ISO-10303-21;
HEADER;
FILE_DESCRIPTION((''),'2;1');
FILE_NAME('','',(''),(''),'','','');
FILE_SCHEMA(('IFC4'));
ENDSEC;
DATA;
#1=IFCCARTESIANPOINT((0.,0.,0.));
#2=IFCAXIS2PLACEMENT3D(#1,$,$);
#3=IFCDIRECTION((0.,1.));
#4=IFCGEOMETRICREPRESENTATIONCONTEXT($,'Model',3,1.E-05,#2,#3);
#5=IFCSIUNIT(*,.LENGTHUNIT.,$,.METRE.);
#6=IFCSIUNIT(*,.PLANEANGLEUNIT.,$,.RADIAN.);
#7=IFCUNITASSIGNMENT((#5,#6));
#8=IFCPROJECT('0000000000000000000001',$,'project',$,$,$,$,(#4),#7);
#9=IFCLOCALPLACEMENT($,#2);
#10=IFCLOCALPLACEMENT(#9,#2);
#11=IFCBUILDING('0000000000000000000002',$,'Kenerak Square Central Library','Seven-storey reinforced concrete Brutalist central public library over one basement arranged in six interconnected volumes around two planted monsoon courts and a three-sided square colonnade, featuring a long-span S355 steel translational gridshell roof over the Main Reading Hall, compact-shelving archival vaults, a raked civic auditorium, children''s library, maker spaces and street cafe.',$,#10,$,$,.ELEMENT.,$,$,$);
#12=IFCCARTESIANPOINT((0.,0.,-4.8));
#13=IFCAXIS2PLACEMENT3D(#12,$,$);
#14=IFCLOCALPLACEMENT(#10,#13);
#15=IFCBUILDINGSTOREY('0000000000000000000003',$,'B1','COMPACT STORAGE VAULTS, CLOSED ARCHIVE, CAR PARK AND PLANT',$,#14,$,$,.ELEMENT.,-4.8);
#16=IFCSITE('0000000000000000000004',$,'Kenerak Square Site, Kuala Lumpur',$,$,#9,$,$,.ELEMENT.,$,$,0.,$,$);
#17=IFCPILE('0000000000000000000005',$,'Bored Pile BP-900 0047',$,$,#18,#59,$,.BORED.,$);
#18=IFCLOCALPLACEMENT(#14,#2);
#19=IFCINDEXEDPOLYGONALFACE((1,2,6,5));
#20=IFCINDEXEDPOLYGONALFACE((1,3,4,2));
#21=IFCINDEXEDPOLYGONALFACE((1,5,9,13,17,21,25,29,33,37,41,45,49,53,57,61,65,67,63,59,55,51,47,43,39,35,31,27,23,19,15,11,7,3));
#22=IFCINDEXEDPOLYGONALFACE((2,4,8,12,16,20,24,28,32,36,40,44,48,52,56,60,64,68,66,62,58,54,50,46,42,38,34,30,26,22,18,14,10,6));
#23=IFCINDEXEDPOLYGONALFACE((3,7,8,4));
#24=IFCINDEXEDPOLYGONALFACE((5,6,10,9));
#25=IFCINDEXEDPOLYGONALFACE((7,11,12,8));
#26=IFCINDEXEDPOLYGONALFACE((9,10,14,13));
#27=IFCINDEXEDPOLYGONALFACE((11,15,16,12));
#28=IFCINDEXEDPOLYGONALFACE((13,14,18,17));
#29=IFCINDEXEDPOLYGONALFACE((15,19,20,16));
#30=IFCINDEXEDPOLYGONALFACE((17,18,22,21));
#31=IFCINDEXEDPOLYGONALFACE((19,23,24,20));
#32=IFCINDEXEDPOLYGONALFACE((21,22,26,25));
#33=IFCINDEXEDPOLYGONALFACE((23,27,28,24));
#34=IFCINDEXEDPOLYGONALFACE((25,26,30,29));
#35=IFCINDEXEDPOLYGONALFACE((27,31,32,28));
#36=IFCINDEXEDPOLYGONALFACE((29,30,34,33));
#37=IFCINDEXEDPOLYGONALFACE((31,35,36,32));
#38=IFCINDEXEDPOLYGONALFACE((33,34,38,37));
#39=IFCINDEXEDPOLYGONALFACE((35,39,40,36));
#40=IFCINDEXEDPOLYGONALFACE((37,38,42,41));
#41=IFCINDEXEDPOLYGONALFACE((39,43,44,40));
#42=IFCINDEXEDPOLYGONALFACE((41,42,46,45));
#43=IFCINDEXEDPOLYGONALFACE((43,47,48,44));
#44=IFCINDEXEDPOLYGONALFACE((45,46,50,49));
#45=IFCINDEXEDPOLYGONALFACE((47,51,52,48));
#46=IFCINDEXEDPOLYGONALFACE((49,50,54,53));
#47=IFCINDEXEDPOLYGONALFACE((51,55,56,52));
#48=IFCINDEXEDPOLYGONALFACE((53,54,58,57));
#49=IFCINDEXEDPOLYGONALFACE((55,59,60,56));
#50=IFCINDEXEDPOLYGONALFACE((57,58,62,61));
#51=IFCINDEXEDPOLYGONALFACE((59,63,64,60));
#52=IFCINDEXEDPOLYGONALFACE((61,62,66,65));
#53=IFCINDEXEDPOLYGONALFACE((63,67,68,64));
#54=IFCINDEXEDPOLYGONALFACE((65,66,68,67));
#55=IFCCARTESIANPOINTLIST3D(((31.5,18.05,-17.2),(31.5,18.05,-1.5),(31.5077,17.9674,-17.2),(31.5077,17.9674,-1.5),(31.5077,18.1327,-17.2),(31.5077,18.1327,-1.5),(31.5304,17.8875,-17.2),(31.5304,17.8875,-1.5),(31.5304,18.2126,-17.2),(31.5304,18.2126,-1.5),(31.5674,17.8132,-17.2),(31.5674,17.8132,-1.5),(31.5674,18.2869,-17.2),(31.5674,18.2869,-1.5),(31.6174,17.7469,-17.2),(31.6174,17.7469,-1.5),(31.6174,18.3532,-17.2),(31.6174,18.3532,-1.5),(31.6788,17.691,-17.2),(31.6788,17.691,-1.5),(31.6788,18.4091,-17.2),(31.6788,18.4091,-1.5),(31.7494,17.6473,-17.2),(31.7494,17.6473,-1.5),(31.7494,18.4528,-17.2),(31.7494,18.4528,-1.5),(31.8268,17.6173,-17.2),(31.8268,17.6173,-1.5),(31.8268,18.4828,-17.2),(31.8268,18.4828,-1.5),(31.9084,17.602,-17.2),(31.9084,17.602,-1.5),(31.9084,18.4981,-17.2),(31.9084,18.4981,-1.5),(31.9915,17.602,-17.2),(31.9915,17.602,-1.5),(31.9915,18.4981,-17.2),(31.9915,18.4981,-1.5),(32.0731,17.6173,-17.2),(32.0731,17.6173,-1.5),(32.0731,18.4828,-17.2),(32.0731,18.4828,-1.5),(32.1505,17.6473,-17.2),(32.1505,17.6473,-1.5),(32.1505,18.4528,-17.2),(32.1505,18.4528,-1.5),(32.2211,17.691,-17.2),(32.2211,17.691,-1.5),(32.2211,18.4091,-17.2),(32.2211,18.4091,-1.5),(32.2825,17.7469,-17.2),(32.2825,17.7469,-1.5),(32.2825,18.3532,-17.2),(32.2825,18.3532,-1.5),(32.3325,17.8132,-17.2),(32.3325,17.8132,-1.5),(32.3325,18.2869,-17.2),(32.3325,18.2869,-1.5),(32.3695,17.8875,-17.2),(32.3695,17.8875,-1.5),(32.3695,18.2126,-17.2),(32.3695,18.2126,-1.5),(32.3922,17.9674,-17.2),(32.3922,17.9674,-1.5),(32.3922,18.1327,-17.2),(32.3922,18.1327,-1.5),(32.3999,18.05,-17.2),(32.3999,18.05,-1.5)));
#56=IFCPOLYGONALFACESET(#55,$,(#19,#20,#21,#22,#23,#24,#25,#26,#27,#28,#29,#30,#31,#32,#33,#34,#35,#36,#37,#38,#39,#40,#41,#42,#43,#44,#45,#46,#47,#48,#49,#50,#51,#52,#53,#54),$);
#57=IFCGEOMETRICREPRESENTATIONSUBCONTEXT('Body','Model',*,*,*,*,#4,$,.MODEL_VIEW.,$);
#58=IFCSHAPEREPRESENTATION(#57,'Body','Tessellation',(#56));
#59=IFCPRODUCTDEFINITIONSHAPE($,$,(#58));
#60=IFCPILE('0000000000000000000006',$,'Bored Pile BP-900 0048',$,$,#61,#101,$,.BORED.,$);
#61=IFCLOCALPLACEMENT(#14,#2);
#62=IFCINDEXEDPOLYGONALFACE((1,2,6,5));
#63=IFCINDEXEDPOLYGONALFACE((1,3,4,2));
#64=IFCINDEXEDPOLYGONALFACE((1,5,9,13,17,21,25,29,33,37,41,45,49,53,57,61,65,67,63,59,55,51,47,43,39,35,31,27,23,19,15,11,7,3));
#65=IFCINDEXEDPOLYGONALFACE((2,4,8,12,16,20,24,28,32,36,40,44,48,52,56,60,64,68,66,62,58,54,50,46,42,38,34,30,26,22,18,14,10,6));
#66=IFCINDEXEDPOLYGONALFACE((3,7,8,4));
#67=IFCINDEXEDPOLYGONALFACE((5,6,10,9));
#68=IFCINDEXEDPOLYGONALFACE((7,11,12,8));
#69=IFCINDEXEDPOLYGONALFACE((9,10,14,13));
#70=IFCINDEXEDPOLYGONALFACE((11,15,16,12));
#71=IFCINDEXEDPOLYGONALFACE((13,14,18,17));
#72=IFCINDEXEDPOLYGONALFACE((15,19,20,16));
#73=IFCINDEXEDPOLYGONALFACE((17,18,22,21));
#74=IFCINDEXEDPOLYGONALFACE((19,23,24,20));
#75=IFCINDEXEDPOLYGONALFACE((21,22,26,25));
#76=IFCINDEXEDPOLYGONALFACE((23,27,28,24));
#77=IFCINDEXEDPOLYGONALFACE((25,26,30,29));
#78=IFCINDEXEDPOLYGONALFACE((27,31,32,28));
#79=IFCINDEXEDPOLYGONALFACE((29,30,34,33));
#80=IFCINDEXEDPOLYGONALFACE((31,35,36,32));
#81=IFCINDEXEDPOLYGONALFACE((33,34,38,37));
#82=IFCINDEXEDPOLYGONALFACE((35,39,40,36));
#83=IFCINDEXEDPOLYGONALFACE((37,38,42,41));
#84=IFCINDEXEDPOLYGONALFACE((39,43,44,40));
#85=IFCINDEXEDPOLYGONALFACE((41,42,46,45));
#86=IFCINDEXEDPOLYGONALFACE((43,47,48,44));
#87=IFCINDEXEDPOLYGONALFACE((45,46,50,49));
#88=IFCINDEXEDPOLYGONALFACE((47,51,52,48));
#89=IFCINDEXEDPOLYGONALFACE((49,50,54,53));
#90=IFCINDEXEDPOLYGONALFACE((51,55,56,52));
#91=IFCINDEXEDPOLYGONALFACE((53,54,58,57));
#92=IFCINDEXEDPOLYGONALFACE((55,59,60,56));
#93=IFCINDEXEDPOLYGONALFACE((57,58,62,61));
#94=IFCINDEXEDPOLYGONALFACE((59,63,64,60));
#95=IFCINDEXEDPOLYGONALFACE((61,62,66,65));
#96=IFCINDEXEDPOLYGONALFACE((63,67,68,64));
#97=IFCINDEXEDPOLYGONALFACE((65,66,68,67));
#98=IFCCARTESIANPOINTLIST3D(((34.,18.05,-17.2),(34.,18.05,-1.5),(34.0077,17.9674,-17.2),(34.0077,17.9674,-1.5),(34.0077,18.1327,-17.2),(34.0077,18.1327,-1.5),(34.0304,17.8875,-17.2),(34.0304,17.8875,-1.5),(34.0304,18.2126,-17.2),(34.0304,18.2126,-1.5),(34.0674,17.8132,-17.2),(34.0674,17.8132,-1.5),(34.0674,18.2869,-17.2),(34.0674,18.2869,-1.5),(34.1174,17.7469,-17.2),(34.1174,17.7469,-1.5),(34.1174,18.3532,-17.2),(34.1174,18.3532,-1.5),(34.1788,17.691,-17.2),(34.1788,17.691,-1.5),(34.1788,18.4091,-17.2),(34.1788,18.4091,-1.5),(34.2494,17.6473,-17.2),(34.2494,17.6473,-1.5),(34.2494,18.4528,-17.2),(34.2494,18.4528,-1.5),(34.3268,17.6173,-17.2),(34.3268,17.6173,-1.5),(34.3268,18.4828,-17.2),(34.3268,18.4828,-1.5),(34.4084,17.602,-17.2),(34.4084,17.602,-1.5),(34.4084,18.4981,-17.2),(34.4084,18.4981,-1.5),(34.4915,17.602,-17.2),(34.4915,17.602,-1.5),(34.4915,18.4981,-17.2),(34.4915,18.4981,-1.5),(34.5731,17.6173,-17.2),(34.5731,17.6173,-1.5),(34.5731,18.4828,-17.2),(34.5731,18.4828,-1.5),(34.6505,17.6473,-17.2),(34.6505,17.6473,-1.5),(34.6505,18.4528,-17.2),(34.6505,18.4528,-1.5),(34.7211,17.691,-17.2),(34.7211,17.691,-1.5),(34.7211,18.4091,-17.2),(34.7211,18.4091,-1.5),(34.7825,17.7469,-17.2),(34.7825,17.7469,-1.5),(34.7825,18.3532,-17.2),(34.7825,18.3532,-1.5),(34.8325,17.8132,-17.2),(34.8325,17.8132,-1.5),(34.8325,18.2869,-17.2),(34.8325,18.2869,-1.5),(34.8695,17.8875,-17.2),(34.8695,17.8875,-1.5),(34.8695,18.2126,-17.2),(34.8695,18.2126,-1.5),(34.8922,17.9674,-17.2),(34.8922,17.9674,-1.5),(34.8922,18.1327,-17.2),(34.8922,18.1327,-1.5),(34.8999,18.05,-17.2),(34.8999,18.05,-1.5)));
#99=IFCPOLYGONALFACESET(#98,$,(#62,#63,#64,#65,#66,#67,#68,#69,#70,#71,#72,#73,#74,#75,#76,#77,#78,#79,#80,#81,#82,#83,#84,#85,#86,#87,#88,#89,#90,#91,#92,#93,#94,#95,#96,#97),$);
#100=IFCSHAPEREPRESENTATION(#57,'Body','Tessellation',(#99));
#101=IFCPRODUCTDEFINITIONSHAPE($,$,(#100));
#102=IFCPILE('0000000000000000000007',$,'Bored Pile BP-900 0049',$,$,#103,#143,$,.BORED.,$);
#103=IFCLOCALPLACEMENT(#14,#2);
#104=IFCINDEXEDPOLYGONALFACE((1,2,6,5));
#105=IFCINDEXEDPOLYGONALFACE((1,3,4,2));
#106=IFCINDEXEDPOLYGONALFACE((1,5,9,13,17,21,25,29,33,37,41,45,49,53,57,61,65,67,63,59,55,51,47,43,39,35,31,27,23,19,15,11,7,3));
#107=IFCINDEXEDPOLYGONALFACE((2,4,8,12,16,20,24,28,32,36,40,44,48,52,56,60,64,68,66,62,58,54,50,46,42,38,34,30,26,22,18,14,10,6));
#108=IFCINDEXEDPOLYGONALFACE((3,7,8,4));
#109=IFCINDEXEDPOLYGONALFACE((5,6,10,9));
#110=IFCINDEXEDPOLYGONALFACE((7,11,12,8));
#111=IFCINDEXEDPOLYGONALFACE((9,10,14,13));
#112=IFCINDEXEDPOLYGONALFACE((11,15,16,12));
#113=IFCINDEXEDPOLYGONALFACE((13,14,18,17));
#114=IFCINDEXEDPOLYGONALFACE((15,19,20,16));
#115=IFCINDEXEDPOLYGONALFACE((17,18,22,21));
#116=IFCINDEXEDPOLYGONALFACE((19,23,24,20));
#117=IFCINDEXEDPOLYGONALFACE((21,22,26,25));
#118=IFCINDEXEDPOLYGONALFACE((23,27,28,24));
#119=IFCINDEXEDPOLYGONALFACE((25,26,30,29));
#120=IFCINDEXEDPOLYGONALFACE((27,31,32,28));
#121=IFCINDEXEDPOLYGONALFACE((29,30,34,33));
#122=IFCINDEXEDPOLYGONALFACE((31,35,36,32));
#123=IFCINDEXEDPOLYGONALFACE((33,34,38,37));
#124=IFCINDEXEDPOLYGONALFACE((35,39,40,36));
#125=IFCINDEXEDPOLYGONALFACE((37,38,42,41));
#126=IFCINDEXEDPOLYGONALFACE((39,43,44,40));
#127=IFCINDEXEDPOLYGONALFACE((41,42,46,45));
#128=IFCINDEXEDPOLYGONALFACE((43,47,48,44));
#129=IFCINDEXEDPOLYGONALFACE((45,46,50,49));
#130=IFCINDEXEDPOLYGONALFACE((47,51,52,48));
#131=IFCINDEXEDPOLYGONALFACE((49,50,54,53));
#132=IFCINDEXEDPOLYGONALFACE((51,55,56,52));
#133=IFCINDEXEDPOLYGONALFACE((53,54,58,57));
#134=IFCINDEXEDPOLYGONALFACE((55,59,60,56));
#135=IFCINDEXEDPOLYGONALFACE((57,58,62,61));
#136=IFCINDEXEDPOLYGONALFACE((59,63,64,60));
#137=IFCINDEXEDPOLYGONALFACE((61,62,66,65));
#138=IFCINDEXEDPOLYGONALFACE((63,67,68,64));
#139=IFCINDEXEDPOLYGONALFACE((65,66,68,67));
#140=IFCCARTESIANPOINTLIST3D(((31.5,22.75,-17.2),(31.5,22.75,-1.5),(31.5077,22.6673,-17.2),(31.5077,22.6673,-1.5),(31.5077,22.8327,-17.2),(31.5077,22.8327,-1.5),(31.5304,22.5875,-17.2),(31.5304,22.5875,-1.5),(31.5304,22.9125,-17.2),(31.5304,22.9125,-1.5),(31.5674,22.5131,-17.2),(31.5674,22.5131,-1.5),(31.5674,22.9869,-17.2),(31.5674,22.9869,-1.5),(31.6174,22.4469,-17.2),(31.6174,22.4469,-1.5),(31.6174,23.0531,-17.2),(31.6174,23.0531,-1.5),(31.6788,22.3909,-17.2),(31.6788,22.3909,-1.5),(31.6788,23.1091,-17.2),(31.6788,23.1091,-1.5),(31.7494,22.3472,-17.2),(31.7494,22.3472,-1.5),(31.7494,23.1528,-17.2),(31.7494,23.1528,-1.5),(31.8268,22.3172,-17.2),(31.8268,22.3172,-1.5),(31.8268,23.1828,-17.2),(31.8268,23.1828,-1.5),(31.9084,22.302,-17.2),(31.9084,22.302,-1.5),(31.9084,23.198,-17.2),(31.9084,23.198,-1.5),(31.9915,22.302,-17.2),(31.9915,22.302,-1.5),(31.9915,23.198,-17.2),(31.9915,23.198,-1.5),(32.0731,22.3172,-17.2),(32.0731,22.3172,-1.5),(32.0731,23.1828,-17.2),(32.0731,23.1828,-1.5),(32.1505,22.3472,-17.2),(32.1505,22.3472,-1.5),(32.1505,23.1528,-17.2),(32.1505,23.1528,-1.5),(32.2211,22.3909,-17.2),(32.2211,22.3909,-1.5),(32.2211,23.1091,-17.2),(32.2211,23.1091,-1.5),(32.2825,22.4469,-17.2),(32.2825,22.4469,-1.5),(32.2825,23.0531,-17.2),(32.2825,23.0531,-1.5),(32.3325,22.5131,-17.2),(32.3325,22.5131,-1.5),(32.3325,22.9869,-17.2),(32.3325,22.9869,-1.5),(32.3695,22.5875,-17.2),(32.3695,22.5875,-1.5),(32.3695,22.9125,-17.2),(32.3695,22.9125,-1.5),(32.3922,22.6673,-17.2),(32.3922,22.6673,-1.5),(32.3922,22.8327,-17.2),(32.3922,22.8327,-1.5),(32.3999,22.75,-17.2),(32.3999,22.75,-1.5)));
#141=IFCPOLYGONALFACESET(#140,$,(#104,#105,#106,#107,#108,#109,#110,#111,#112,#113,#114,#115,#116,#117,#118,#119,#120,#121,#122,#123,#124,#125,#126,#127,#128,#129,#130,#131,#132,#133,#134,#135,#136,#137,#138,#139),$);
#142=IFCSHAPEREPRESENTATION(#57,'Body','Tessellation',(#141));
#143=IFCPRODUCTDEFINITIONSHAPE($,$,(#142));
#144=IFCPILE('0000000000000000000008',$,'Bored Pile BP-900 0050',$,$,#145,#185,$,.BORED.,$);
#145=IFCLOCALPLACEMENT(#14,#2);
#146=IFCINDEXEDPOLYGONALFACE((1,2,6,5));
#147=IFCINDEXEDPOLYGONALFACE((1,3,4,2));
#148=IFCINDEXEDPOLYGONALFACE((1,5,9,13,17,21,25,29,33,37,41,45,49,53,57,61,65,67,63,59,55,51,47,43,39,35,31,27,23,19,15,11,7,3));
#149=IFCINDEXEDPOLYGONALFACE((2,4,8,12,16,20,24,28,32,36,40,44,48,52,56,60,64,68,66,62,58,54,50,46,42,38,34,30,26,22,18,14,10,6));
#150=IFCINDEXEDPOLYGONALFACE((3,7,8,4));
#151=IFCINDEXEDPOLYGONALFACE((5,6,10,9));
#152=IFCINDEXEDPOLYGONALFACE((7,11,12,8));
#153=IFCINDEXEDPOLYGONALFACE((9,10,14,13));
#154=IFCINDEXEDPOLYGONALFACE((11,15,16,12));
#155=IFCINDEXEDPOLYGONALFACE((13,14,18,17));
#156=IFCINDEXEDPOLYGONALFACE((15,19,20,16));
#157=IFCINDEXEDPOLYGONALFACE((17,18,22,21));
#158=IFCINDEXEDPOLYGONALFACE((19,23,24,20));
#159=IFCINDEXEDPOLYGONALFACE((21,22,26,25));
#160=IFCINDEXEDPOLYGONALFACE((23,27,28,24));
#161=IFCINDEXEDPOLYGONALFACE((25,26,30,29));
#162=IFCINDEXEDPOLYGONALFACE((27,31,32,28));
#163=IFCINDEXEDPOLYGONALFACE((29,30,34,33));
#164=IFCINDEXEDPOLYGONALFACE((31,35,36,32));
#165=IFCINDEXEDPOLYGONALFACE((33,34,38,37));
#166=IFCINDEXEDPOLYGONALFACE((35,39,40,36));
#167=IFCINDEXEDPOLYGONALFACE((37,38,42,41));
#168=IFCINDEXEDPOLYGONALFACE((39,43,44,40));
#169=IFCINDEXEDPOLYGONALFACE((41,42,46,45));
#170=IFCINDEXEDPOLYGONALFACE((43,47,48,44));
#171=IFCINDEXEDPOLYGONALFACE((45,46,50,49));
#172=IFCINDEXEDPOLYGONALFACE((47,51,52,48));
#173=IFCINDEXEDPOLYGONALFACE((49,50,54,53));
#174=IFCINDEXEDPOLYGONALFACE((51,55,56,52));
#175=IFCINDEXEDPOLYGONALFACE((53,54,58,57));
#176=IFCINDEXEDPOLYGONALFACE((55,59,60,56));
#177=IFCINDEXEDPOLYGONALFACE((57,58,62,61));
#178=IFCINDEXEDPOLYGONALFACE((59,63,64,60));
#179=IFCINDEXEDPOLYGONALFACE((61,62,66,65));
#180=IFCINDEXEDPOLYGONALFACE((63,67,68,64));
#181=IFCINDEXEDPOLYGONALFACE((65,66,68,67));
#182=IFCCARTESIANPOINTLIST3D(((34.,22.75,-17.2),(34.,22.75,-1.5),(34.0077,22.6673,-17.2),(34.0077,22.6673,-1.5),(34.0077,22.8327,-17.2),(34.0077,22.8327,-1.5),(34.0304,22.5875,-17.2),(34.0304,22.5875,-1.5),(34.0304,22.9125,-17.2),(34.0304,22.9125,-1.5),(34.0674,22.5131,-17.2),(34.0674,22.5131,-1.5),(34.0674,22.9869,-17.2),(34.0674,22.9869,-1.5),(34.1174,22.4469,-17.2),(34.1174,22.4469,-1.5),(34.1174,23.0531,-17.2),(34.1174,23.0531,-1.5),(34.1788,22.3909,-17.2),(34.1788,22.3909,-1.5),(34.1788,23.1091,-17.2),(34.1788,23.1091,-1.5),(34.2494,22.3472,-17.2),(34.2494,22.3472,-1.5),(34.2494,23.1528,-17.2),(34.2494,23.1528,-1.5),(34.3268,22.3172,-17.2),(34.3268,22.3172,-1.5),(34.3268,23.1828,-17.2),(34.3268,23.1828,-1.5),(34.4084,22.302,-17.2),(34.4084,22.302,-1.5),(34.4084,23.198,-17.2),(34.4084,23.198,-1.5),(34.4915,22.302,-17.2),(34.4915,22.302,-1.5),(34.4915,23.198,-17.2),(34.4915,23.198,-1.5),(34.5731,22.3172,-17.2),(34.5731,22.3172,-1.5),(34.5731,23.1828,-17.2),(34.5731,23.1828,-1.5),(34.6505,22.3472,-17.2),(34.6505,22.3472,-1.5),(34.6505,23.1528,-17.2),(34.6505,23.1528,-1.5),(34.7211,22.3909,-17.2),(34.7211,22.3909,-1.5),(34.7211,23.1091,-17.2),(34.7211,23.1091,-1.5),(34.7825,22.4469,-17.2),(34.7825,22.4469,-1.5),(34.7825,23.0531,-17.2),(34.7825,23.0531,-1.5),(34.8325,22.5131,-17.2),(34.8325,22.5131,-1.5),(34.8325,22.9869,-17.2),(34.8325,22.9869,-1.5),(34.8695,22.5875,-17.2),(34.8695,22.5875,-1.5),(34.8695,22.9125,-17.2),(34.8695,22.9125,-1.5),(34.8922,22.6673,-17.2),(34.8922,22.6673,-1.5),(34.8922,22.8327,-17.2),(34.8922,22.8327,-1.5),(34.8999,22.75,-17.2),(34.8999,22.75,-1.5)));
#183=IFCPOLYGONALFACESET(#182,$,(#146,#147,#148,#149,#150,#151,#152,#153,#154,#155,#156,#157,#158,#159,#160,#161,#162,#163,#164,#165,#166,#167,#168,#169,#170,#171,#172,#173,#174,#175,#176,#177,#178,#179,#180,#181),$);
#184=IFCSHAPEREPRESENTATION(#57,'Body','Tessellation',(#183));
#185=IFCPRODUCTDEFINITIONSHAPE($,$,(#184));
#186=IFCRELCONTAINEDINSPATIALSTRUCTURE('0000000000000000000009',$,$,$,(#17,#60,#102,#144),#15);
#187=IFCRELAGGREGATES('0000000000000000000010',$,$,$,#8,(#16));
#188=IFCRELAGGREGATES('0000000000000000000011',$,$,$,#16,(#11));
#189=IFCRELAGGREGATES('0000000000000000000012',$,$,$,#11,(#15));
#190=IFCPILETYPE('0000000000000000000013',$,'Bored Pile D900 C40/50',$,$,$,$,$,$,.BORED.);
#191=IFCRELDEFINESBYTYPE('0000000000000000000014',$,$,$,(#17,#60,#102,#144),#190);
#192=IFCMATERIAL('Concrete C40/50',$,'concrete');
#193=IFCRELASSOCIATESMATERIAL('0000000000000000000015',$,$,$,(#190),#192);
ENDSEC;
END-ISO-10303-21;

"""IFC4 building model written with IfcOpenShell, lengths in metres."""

from ifc_helpers import new_model, si_unit, direction, frame, origin, origin_2d, place, context, subcontext, project, spatial, circle, extrude, material, material_profile, profile_set, type_object, element, save


model = new_model("IFC4")

# Units and contexts
model_context = context("Model", 3, precision=1e-05, world=origin(), true_north=direction((0.0, 1.0)))
body_context = subcontext(model_context, "Body", "Model", "MODEL_VIEW")
ifc_project = project(units=[si_unit("LENGTHUNIT", "METRE"), si_unit("PLANEANGLEUNIT", "RADIAN")], contexts=[model_context])

# Site, building, storey
site_placement = place(None, origin())
site = spatial("IfcSite", under=ifc_project, at=site_placement, Name="Kenerak Square Site, Kuala Lumpur", CompositionType="ELEMENT", RefElevation=0.0)
building_placement = place(site_placement, origin())
building = spatial("IfcBuilding", under=site, at=building_placement, Name="Kenerak Square Central Library", Description="Seven-storey reinforced concrete Brutalist central public library over one basement arranged in six interconnected volumes around two planted monsoon courts and a three-sided square colonnade, featuring a long-span S355 steel translational gridshell roof over the Main Reading Hall, compact-shelving archival vaults, a raked civic auditorium, children's library, maker spaces and street cafe.", CompositionType="ELEMENT")
storey_placement = place(building_placement, frame((0.0, 0.0, -4.8)))
storey = spatial("IfcBuildingStorey", under=building, at=storey_placement, Name="B1", Description="COMPACT STORAGE VAULTS, CLOSED ARCHIVE, CAR PARK AND PLANT", CompositionType="ELEMENT", Elevation=-4.8)

# Piles
ifc_material_1 = material(Name="Concrete C40/50", Category="concrete")
ifc_material_profile_1 = material_profile(ifc_material_1, circle(Radius=0.45, at=origin_2d()), Name="BP D900")
ifc_profile_set_1 = profile_set([ifc_material_profile_1], Name="Concrete C40/50")
pile_type = type_object("IfcPileType", Name="Bored Pile D900 C40/50", PredefinedType="BORED", material=ifc_profile_set_1)
for number, where, z_axis, x_axis, name in (
    (1, (31.95, 18.05, -1.5), (0.0, 0.0, -1.0), (1.0, 0.0, 0.0), "Bored Pile BP-900 0047"),
    (2, (34.45, 18.05, -1.5), (0.0, 0.0, -1.0), (1.0, 0.0, 0.0), "Bored Pile BP-900 0048"),
    (3, (31.95, 22.75, -1.5), (0.0, 0.0, -1.0), (1.0, 0.0, 0.0), "Bored Pile BP-900 0049"),
    (4, (34.45, 22.75, -1.5), (0.0, 0.0, -1.0), (1.0, 0.0, 0.0), "Bored Pile BP-900 0050"),
):
    element("IfcPile", number, at=place(storey_placement, frame(where, z_axis=z_axis, x_axis=x_axis)), inside=storey, type_object=pile_type, Name=name, PredefinedType="BORED", context=body_context, shape_type="SweptSolid", body=[
        extrude(circle(Radius=0.45, at=origin_2d()), origin(), (0.0, 0.0, 1.0), 15.7),
    ])

save(model, "model.ifc")
